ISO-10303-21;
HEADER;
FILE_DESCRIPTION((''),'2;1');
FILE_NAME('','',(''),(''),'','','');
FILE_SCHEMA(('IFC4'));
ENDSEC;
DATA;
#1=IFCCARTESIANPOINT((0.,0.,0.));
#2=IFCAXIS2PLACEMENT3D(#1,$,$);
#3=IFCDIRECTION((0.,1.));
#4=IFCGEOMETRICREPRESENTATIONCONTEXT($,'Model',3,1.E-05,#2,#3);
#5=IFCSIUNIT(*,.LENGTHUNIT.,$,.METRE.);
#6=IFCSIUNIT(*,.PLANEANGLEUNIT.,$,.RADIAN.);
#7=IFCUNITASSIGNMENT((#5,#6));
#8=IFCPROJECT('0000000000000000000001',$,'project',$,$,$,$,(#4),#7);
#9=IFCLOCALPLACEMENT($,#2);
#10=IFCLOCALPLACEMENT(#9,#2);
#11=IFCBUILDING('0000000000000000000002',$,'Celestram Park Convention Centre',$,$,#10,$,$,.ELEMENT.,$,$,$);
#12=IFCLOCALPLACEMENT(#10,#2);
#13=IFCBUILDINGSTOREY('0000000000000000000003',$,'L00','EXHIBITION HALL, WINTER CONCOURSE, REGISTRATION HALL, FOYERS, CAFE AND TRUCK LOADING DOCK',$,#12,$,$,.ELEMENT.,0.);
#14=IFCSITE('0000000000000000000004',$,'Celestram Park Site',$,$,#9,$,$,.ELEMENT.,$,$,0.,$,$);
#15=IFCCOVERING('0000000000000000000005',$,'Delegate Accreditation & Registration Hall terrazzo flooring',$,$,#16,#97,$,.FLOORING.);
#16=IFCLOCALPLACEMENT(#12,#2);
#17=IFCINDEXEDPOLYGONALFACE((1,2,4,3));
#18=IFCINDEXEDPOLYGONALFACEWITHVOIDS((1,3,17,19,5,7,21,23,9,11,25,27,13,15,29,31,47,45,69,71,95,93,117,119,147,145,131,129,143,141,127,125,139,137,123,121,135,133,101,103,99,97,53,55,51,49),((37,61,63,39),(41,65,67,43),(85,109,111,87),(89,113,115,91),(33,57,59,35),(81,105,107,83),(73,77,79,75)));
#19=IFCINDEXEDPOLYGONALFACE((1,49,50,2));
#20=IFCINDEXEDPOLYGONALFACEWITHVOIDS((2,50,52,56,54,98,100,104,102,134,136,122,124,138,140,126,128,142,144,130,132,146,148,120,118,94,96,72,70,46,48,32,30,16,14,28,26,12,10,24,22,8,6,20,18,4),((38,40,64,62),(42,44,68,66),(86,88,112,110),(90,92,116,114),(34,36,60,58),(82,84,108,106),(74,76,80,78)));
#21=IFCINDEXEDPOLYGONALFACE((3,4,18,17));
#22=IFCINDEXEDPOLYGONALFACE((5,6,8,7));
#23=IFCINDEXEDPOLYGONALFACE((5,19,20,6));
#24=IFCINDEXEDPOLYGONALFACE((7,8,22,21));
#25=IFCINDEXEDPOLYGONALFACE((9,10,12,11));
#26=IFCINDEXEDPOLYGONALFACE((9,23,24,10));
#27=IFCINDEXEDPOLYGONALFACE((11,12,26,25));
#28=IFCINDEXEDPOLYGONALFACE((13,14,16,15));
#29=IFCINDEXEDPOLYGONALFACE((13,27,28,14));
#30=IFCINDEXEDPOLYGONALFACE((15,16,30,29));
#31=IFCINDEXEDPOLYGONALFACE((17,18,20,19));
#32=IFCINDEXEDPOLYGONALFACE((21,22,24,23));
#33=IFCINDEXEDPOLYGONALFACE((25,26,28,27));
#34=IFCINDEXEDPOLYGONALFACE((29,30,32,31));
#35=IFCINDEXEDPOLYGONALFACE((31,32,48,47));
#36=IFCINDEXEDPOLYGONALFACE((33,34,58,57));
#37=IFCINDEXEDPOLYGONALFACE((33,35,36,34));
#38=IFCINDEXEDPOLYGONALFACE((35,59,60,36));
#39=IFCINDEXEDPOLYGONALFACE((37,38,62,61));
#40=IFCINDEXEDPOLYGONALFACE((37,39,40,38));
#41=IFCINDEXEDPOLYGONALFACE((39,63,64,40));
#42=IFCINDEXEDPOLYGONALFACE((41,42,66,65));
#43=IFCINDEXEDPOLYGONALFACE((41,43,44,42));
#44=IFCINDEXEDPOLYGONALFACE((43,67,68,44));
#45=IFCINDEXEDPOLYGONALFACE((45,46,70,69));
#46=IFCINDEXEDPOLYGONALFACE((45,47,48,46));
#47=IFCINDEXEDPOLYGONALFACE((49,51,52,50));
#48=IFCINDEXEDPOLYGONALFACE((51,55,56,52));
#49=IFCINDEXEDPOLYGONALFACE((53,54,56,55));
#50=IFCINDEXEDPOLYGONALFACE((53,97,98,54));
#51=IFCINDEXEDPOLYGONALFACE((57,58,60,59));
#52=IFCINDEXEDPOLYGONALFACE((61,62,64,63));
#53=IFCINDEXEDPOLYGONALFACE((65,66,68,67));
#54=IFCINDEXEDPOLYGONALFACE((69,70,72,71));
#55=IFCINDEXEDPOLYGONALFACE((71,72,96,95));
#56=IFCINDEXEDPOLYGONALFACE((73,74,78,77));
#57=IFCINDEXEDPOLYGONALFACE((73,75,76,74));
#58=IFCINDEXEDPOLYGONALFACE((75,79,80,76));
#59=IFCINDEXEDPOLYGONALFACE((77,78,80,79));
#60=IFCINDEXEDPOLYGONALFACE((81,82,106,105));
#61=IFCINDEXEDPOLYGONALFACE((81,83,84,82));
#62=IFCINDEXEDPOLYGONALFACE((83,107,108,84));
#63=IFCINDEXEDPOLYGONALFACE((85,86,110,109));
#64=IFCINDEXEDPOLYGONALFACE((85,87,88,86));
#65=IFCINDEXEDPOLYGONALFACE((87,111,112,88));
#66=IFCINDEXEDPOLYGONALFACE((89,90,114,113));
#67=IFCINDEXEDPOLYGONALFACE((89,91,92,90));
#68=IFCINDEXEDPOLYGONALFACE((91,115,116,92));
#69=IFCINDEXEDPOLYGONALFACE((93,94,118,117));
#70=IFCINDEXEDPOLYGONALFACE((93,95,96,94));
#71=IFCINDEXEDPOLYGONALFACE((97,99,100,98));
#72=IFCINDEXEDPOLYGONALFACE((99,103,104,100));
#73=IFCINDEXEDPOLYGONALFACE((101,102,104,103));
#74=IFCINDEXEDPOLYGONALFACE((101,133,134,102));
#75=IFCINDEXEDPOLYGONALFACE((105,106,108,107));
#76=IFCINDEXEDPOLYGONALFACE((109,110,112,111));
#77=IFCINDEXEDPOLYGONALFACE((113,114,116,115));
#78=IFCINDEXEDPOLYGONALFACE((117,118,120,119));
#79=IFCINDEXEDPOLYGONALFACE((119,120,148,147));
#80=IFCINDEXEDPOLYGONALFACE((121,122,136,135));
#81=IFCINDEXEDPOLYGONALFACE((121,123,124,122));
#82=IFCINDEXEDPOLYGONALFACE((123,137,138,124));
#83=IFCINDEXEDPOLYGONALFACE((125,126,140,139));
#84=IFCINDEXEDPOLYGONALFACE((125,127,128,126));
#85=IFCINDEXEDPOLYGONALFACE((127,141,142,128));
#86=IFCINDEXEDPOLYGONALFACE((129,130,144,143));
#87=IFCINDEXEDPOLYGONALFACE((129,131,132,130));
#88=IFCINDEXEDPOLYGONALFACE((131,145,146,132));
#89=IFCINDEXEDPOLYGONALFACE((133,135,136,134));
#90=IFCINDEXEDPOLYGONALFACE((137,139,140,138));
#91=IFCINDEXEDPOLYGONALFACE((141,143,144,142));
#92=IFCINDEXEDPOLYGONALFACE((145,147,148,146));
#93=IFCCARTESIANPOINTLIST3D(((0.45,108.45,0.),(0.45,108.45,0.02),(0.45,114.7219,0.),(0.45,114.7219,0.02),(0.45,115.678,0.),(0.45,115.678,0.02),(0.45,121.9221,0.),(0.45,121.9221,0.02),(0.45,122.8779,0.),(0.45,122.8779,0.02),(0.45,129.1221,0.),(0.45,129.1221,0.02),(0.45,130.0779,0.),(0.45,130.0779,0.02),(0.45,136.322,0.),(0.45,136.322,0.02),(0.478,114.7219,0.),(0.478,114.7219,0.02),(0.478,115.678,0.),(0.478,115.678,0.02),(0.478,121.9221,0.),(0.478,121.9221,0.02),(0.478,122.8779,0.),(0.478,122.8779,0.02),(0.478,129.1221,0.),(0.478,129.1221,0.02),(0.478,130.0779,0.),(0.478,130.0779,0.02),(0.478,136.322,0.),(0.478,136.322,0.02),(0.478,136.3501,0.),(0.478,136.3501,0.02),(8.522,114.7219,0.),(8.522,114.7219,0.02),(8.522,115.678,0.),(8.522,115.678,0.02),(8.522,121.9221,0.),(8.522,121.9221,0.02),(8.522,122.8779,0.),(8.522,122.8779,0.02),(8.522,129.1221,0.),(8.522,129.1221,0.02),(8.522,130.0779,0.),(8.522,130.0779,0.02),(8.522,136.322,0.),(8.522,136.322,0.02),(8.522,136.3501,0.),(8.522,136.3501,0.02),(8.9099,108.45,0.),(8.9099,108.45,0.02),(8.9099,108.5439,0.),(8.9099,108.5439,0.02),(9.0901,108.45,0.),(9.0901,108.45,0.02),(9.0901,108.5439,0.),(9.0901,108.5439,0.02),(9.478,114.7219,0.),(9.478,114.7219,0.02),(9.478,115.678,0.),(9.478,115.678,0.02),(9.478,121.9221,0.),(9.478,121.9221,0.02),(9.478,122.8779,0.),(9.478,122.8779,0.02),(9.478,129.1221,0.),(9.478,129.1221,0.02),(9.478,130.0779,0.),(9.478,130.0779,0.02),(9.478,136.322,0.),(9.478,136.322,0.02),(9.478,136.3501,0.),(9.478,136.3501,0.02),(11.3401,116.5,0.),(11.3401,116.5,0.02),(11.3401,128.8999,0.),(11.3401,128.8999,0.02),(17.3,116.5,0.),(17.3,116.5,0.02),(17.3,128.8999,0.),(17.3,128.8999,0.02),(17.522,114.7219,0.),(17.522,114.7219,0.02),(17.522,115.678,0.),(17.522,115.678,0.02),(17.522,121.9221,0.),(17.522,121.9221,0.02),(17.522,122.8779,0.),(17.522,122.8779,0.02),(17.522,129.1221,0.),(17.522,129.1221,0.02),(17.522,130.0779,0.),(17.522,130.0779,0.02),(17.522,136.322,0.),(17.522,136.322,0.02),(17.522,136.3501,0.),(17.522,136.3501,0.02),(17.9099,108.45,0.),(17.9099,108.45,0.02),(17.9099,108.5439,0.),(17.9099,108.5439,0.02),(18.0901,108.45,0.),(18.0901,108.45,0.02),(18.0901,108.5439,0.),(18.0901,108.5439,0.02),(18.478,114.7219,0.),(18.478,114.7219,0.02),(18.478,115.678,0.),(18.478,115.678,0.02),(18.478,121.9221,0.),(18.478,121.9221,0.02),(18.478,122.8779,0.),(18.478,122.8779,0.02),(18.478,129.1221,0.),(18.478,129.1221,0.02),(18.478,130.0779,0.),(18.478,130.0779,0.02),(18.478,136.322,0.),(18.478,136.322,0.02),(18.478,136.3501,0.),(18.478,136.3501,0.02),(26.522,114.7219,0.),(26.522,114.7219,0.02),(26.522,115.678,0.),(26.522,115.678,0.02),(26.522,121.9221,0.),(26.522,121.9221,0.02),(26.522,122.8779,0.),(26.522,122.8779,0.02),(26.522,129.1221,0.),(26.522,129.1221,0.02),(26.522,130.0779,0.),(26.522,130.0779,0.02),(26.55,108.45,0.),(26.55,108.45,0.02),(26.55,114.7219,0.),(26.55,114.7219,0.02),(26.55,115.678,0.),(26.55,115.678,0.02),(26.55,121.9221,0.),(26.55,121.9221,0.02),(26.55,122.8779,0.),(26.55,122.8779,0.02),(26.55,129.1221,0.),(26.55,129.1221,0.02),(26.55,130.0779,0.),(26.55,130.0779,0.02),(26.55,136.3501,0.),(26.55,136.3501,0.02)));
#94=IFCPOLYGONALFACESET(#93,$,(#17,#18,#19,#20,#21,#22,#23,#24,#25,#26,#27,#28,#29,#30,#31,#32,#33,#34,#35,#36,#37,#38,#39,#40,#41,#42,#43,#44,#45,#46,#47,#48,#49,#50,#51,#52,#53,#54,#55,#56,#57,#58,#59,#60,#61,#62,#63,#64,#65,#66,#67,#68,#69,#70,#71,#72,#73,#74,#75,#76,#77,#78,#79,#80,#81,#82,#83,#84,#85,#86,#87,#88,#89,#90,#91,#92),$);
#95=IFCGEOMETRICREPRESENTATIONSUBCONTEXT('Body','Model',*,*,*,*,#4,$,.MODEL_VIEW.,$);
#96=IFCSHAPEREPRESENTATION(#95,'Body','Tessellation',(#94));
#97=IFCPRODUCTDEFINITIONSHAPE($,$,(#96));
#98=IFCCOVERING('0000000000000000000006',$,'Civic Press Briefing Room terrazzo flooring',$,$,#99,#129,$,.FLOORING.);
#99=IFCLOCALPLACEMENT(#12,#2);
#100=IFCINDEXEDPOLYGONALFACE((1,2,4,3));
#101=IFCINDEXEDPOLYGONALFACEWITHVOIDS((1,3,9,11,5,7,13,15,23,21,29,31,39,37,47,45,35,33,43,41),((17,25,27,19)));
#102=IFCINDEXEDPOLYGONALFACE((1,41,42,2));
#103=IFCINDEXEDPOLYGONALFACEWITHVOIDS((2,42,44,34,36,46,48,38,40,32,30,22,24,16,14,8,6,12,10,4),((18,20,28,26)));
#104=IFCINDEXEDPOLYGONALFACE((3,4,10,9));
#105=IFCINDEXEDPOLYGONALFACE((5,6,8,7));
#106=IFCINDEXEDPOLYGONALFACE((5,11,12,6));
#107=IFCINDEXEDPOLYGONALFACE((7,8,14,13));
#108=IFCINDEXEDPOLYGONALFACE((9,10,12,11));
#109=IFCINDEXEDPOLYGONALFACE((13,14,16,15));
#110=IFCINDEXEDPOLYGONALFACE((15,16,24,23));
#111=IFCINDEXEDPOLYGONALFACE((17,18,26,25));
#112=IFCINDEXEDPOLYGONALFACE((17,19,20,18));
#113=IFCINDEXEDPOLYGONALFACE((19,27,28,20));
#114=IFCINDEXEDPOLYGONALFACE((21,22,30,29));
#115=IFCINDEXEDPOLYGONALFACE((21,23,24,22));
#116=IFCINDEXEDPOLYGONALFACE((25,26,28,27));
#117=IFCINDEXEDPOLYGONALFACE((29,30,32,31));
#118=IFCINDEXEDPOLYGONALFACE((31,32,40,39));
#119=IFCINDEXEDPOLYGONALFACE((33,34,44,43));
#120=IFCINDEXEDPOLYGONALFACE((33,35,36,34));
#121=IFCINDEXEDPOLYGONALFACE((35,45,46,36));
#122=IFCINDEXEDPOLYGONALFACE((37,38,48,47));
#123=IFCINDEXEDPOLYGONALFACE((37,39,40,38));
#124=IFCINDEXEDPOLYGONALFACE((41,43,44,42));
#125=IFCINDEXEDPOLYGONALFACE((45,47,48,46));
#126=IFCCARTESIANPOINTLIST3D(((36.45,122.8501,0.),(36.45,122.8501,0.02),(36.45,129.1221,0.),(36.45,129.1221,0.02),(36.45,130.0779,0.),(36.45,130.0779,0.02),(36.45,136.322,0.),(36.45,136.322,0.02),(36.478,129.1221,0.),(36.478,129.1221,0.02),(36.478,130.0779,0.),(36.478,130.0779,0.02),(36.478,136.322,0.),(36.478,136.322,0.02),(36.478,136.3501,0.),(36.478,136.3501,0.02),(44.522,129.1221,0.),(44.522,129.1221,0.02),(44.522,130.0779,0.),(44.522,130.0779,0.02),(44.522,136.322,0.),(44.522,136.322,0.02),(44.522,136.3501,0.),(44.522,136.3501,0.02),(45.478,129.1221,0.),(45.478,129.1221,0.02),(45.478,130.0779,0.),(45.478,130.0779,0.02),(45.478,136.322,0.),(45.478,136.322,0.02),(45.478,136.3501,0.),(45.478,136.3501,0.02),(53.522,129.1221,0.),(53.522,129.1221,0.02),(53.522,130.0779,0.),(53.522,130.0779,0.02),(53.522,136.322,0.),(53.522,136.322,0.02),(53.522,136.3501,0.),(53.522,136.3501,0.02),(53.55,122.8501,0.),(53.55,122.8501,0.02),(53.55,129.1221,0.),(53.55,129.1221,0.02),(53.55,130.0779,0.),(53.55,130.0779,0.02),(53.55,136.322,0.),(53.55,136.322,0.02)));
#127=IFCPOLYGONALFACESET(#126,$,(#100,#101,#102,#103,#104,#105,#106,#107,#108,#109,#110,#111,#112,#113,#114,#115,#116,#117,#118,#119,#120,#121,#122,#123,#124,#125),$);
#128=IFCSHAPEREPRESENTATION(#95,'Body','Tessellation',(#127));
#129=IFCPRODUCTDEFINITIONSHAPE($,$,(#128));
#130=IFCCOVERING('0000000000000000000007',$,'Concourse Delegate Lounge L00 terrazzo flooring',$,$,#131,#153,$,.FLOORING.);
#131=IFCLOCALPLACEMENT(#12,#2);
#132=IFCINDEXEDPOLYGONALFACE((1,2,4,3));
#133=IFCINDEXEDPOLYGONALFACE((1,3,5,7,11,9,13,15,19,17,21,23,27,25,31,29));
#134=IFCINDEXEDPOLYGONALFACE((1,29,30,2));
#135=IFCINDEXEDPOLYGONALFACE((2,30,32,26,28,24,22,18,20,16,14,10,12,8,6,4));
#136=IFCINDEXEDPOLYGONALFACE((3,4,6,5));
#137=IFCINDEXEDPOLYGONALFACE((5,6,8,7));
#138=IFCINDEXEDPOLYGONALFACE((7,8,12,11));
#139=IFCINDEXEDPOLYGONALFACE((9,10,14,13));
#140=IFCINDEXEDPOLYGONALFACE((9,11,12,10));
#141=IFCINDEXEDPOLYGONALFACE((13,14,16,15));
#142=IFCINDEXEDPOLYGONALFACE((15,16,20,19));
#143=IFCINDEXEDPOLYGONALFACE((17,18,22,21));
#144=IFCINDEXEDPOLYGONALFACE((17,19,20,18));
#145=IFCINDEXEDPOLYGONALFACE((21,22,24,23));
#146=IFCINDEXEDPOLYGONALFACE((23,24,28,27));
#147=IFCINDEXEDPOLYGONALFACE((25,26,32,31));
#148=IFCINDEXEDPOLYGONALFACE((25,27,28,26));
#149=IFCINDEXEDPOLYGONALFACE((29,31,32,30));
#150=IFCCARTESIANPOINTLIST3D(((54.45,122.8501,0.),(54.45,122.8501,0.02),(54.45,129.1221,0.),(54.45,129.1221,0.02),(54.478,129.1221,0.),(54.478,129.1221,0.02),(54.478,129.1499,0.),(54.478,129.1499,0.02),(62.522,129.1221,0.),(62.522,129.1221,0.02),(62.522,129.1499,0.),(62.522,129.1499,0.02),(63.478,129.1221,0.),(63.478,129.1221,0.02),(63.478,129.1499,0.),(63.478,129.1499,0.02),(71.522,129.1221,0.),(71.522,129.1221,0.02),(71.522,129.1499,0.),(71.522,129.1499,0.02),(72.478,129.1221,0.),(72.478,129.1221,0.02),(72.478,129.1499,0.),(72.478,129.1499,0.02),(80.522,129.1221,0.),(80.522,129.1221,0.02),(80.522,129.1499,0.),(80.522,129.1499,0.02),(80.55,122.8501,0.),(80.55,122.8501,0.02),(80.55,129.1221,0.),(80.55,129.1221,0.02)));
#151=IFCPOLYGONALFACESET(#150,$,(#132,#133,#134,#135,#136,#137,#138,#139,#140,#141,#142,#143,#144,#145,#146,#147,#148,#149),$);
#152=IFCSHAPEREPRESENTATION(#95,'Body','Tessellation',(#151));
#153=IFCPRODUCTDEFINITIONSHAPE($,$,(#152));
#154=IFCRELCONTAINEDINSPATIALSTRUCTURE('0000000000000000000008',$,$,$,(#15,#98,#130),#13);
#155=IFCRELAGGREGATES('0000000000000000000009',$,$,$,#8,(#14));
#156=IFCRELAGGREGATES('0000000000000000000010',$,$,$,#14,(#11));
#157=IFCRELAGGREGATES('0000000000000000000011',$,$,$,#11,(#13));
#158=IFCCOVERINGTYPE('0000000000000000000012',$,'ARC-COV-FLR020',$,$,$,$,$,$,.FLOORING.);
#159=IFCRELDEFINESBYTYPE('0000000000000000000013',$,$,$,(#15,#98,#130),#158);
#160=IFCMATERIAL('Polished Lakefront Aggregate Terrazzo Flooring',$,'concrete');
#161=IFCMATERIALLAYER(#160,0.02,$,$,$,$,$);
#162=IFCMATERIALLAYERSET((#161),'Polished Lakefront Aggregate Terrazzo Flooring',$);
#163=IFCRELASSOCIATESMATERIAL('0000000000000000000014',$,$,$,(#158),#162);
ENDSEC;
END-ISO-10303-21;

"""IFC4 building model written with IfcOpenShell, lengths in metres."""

from ifc_helpers import new_model, si_unit, direction, origin, place, context, subcontext, project, spatial, polyline, outline, extrude, material, layer, layer_set, type_object, element, save


model = new_model("IFC4")

# Units and contexts
model_context = context("Model", 3, precision=1e-05, world=origin(), true_north=direction((0.0, 1.0)))
body_context = subcontext(model_context, "Body", "Model", "MODEL_VIEW")
ifc_project = project(units=[si_unit("LENGTHUNIT", "METRE"), si_unit("PLANEANGLEUNIT", "RADIAN")], contexts=[model_context])

# Site, building, storey
site_placement = place(None, origin())
site = spatial("IfcSite", under=ifc_project, at=site_placement, Name="Celestram Park Site", CompositionType="ELEMENT", RefElevation=0.0)
building_placement = place(site_placement, origin())
building = spatial("IfcBuilding", under=site, at=building_placement, Name="Celestram Park Convention Centre", CompositionType="ELEMENT")
storey_placement = place(building_placement, origin())
storey = spatial("IfcBuildingStorey", under=building, at=storey_placement, Name="L00", Description="EXHIBITION HALL, WINTER CONCOURSE, REGISTRATION HALL, FOYERS, CAFE AND TRUCK LOADING DOCK", CompositionType="ELEMENT", Elevation=0.0)

# Coverings
ifc_material_1 = material(Name="Polished Lakefront Aggregate Terrazzo Flooring", Category="concrete")
ifc_layer_1 = layer(ifc_material_1, 0.02)
ifc_layer_set_1 = layer_set([ifc_layer_1], Name="Polished Lakefront Aggregate Terrazzo Flooring")
covering_type = type_object("IfcCoveringType", Name="ARC-COV-FLR020", PredefinedType="FLOORING", material=ifc_layer_set_1)
covering_1_placement = place(storey_placement, origin())
element("IfcCovering", 1, at=covering_1_placement, inside=storey, type_object=covering_type, Name="Delegate Accreditation & Registration Hall terrazzo flooring", PredefinedType="FLOORING", context=body_context, shape_type="SweptSolid", body=[
    extrude(outline(polyline([(8.522, 136.3501), (8.522, 136.322), (9.478, 136.322), (9.478, 136.3501), (17.522, 136.3501), (17.522, 136.322), (18.478, 136.322), (18.478, 136.3501), (26.55, 136.3501), (26.55, 130.0779), (26.522, 130.0779), (26.522, 129.1221), (26.55, 129.1221), (26.55, 122.8779), (26.522, 122.8779), (26.522, 121.9221), (26.55, 121.9221), (26.55, 115.678), (26.522, 115.678), (26.522, 114.7219), (26.55, 114.7219), (26.55, 108.45), (18.0901, 108.45), (18.0901, 108.5439), (17.9099, 108.5439), (17.9099, 108.45), (9.0901, 108.45), (9.0901, 108.5439), (8.9099, 108.5439), (8.9099, 108.45), (0.45, 108.45), (0.45, 114.7219), (0.478, 114.7219), (0.478, 115.678), (0.45, 115.678), (0.45, 121.9221), (0.478, 121.9221), (0.478, 122.8779), (0.45, 122.8779), (0.45, 129.1221), (0.478, 129.1221), (0.478, 130.0779), (0.45, 130.0779), (0.45, 136.322), (0.478, 136.322), (0.478, 136.3501), (8.522, 136.3501)]), holes=[polyline([(17.3, 128.8999), (11.3401, 128.8999), (11.3401, 116.5), (17.3, 116.5), (17.3, 128.8999)]), polyline([(9.478, 114.7219), (9.478, 115.678), (8.522, 115.678), (8.522, 114.7219), (9.478, 114.7219)]), polyline([(18.478, 114.7219), (18.478, 115.678), (17.522, 115.678), (17.522, 114.7219), (18.478, 114.7219)]), polyline([(18.478, 122.8779), (17.522, 122.8779), (17.522, 121.9221), (18.478, 121.9221), (18.478, 122.8779)]), polyline([(9.478, 121.9221), (9.478, 122.8779), (8.522, 122.8779), (8.522, 121.9221), (9.478, 121.9221)]), polyline([(18.478, 130.0779), (17.522, 130.0779), (17.522, 129.1221), (18.478, 129.1221), (18.478, 130.0779)]), polyline([(9.478, 129.1221), (9.478, 130.0779), (8.522, 130.0779), (8.522, 129.1221), (9.478, 129.1221)])]), origin(), (0.0, 0.0, 1.0), 0.02),
])
covering_2_placement = place(storey_placement, origin())
element("IfcCovering", 2, at=covering_2_placement, inside=storey, type_object=covering_type, Name="Civic Press Briefing Room terrazzo flooring", PredefinedType="FLOORING", context=body_context, shape_type="SweptSolid", body=[
    extrude(outline(polyline([(44.522, 136.3501), (44.522, 136.322), (45.478, 136.322), (45.478, 136.3501), (53.522, 136.3501), (53.522, 136.322), (53.55, 136.322), (53.55, 130.0779), (53.522, 130.0779), (53.522, 129.1221), (53.55, 129.1221), (53.55, 122.8501), (36.45, 122.8501), (36.45, 129.1221), (36.478, 129.1221), (36.478, 130.0779), (36.45, 130.0779), (36.45, 136.322), (36.478, 136.322), (36.478, 136.3501), (44.522, 136.3501)]), holes=[polyline([(45.478, 130.0779), (44.522, 130.0779), (44.522, 129.1221), (45.478, 129.1221), (45.478, 130.0779)])]), origin(), (0.0, 0.0, 1.0), 0.02),
])
covering_3_placement = place(storey_placement, origin())
element("IfcCovering", 3, at=covering_3_placement, inside=storey, type_object=covering_type, Name="Concourse Delegate Lounge L00 terrazzo flooring", PredefinedType="FLOORING", context=body_context, shape_type="SweptSolid", body=[
    extrude(outline(polyline([(62.522, 129.1499), (62.522, 129.1221), (63.478, 129.1221), (63.478, 129.1499), (71.522, 129.1499), (71.522, 129.1221), (72.478, 129.1221), (72.478, 129.1499), (80.522, 129.1499), (80.522, 129.1221), (80.55, 129.1221), (80.55, 122.8501), (54.45, 122.8501), (54.45, 129.1221), (54.478, 129.1221), (54.478, 129.1499), (62.522, 129.1499)])), origin(), (0.0, 0.0, 1.0), 0.02),
])

save(model, "model.ifc")
